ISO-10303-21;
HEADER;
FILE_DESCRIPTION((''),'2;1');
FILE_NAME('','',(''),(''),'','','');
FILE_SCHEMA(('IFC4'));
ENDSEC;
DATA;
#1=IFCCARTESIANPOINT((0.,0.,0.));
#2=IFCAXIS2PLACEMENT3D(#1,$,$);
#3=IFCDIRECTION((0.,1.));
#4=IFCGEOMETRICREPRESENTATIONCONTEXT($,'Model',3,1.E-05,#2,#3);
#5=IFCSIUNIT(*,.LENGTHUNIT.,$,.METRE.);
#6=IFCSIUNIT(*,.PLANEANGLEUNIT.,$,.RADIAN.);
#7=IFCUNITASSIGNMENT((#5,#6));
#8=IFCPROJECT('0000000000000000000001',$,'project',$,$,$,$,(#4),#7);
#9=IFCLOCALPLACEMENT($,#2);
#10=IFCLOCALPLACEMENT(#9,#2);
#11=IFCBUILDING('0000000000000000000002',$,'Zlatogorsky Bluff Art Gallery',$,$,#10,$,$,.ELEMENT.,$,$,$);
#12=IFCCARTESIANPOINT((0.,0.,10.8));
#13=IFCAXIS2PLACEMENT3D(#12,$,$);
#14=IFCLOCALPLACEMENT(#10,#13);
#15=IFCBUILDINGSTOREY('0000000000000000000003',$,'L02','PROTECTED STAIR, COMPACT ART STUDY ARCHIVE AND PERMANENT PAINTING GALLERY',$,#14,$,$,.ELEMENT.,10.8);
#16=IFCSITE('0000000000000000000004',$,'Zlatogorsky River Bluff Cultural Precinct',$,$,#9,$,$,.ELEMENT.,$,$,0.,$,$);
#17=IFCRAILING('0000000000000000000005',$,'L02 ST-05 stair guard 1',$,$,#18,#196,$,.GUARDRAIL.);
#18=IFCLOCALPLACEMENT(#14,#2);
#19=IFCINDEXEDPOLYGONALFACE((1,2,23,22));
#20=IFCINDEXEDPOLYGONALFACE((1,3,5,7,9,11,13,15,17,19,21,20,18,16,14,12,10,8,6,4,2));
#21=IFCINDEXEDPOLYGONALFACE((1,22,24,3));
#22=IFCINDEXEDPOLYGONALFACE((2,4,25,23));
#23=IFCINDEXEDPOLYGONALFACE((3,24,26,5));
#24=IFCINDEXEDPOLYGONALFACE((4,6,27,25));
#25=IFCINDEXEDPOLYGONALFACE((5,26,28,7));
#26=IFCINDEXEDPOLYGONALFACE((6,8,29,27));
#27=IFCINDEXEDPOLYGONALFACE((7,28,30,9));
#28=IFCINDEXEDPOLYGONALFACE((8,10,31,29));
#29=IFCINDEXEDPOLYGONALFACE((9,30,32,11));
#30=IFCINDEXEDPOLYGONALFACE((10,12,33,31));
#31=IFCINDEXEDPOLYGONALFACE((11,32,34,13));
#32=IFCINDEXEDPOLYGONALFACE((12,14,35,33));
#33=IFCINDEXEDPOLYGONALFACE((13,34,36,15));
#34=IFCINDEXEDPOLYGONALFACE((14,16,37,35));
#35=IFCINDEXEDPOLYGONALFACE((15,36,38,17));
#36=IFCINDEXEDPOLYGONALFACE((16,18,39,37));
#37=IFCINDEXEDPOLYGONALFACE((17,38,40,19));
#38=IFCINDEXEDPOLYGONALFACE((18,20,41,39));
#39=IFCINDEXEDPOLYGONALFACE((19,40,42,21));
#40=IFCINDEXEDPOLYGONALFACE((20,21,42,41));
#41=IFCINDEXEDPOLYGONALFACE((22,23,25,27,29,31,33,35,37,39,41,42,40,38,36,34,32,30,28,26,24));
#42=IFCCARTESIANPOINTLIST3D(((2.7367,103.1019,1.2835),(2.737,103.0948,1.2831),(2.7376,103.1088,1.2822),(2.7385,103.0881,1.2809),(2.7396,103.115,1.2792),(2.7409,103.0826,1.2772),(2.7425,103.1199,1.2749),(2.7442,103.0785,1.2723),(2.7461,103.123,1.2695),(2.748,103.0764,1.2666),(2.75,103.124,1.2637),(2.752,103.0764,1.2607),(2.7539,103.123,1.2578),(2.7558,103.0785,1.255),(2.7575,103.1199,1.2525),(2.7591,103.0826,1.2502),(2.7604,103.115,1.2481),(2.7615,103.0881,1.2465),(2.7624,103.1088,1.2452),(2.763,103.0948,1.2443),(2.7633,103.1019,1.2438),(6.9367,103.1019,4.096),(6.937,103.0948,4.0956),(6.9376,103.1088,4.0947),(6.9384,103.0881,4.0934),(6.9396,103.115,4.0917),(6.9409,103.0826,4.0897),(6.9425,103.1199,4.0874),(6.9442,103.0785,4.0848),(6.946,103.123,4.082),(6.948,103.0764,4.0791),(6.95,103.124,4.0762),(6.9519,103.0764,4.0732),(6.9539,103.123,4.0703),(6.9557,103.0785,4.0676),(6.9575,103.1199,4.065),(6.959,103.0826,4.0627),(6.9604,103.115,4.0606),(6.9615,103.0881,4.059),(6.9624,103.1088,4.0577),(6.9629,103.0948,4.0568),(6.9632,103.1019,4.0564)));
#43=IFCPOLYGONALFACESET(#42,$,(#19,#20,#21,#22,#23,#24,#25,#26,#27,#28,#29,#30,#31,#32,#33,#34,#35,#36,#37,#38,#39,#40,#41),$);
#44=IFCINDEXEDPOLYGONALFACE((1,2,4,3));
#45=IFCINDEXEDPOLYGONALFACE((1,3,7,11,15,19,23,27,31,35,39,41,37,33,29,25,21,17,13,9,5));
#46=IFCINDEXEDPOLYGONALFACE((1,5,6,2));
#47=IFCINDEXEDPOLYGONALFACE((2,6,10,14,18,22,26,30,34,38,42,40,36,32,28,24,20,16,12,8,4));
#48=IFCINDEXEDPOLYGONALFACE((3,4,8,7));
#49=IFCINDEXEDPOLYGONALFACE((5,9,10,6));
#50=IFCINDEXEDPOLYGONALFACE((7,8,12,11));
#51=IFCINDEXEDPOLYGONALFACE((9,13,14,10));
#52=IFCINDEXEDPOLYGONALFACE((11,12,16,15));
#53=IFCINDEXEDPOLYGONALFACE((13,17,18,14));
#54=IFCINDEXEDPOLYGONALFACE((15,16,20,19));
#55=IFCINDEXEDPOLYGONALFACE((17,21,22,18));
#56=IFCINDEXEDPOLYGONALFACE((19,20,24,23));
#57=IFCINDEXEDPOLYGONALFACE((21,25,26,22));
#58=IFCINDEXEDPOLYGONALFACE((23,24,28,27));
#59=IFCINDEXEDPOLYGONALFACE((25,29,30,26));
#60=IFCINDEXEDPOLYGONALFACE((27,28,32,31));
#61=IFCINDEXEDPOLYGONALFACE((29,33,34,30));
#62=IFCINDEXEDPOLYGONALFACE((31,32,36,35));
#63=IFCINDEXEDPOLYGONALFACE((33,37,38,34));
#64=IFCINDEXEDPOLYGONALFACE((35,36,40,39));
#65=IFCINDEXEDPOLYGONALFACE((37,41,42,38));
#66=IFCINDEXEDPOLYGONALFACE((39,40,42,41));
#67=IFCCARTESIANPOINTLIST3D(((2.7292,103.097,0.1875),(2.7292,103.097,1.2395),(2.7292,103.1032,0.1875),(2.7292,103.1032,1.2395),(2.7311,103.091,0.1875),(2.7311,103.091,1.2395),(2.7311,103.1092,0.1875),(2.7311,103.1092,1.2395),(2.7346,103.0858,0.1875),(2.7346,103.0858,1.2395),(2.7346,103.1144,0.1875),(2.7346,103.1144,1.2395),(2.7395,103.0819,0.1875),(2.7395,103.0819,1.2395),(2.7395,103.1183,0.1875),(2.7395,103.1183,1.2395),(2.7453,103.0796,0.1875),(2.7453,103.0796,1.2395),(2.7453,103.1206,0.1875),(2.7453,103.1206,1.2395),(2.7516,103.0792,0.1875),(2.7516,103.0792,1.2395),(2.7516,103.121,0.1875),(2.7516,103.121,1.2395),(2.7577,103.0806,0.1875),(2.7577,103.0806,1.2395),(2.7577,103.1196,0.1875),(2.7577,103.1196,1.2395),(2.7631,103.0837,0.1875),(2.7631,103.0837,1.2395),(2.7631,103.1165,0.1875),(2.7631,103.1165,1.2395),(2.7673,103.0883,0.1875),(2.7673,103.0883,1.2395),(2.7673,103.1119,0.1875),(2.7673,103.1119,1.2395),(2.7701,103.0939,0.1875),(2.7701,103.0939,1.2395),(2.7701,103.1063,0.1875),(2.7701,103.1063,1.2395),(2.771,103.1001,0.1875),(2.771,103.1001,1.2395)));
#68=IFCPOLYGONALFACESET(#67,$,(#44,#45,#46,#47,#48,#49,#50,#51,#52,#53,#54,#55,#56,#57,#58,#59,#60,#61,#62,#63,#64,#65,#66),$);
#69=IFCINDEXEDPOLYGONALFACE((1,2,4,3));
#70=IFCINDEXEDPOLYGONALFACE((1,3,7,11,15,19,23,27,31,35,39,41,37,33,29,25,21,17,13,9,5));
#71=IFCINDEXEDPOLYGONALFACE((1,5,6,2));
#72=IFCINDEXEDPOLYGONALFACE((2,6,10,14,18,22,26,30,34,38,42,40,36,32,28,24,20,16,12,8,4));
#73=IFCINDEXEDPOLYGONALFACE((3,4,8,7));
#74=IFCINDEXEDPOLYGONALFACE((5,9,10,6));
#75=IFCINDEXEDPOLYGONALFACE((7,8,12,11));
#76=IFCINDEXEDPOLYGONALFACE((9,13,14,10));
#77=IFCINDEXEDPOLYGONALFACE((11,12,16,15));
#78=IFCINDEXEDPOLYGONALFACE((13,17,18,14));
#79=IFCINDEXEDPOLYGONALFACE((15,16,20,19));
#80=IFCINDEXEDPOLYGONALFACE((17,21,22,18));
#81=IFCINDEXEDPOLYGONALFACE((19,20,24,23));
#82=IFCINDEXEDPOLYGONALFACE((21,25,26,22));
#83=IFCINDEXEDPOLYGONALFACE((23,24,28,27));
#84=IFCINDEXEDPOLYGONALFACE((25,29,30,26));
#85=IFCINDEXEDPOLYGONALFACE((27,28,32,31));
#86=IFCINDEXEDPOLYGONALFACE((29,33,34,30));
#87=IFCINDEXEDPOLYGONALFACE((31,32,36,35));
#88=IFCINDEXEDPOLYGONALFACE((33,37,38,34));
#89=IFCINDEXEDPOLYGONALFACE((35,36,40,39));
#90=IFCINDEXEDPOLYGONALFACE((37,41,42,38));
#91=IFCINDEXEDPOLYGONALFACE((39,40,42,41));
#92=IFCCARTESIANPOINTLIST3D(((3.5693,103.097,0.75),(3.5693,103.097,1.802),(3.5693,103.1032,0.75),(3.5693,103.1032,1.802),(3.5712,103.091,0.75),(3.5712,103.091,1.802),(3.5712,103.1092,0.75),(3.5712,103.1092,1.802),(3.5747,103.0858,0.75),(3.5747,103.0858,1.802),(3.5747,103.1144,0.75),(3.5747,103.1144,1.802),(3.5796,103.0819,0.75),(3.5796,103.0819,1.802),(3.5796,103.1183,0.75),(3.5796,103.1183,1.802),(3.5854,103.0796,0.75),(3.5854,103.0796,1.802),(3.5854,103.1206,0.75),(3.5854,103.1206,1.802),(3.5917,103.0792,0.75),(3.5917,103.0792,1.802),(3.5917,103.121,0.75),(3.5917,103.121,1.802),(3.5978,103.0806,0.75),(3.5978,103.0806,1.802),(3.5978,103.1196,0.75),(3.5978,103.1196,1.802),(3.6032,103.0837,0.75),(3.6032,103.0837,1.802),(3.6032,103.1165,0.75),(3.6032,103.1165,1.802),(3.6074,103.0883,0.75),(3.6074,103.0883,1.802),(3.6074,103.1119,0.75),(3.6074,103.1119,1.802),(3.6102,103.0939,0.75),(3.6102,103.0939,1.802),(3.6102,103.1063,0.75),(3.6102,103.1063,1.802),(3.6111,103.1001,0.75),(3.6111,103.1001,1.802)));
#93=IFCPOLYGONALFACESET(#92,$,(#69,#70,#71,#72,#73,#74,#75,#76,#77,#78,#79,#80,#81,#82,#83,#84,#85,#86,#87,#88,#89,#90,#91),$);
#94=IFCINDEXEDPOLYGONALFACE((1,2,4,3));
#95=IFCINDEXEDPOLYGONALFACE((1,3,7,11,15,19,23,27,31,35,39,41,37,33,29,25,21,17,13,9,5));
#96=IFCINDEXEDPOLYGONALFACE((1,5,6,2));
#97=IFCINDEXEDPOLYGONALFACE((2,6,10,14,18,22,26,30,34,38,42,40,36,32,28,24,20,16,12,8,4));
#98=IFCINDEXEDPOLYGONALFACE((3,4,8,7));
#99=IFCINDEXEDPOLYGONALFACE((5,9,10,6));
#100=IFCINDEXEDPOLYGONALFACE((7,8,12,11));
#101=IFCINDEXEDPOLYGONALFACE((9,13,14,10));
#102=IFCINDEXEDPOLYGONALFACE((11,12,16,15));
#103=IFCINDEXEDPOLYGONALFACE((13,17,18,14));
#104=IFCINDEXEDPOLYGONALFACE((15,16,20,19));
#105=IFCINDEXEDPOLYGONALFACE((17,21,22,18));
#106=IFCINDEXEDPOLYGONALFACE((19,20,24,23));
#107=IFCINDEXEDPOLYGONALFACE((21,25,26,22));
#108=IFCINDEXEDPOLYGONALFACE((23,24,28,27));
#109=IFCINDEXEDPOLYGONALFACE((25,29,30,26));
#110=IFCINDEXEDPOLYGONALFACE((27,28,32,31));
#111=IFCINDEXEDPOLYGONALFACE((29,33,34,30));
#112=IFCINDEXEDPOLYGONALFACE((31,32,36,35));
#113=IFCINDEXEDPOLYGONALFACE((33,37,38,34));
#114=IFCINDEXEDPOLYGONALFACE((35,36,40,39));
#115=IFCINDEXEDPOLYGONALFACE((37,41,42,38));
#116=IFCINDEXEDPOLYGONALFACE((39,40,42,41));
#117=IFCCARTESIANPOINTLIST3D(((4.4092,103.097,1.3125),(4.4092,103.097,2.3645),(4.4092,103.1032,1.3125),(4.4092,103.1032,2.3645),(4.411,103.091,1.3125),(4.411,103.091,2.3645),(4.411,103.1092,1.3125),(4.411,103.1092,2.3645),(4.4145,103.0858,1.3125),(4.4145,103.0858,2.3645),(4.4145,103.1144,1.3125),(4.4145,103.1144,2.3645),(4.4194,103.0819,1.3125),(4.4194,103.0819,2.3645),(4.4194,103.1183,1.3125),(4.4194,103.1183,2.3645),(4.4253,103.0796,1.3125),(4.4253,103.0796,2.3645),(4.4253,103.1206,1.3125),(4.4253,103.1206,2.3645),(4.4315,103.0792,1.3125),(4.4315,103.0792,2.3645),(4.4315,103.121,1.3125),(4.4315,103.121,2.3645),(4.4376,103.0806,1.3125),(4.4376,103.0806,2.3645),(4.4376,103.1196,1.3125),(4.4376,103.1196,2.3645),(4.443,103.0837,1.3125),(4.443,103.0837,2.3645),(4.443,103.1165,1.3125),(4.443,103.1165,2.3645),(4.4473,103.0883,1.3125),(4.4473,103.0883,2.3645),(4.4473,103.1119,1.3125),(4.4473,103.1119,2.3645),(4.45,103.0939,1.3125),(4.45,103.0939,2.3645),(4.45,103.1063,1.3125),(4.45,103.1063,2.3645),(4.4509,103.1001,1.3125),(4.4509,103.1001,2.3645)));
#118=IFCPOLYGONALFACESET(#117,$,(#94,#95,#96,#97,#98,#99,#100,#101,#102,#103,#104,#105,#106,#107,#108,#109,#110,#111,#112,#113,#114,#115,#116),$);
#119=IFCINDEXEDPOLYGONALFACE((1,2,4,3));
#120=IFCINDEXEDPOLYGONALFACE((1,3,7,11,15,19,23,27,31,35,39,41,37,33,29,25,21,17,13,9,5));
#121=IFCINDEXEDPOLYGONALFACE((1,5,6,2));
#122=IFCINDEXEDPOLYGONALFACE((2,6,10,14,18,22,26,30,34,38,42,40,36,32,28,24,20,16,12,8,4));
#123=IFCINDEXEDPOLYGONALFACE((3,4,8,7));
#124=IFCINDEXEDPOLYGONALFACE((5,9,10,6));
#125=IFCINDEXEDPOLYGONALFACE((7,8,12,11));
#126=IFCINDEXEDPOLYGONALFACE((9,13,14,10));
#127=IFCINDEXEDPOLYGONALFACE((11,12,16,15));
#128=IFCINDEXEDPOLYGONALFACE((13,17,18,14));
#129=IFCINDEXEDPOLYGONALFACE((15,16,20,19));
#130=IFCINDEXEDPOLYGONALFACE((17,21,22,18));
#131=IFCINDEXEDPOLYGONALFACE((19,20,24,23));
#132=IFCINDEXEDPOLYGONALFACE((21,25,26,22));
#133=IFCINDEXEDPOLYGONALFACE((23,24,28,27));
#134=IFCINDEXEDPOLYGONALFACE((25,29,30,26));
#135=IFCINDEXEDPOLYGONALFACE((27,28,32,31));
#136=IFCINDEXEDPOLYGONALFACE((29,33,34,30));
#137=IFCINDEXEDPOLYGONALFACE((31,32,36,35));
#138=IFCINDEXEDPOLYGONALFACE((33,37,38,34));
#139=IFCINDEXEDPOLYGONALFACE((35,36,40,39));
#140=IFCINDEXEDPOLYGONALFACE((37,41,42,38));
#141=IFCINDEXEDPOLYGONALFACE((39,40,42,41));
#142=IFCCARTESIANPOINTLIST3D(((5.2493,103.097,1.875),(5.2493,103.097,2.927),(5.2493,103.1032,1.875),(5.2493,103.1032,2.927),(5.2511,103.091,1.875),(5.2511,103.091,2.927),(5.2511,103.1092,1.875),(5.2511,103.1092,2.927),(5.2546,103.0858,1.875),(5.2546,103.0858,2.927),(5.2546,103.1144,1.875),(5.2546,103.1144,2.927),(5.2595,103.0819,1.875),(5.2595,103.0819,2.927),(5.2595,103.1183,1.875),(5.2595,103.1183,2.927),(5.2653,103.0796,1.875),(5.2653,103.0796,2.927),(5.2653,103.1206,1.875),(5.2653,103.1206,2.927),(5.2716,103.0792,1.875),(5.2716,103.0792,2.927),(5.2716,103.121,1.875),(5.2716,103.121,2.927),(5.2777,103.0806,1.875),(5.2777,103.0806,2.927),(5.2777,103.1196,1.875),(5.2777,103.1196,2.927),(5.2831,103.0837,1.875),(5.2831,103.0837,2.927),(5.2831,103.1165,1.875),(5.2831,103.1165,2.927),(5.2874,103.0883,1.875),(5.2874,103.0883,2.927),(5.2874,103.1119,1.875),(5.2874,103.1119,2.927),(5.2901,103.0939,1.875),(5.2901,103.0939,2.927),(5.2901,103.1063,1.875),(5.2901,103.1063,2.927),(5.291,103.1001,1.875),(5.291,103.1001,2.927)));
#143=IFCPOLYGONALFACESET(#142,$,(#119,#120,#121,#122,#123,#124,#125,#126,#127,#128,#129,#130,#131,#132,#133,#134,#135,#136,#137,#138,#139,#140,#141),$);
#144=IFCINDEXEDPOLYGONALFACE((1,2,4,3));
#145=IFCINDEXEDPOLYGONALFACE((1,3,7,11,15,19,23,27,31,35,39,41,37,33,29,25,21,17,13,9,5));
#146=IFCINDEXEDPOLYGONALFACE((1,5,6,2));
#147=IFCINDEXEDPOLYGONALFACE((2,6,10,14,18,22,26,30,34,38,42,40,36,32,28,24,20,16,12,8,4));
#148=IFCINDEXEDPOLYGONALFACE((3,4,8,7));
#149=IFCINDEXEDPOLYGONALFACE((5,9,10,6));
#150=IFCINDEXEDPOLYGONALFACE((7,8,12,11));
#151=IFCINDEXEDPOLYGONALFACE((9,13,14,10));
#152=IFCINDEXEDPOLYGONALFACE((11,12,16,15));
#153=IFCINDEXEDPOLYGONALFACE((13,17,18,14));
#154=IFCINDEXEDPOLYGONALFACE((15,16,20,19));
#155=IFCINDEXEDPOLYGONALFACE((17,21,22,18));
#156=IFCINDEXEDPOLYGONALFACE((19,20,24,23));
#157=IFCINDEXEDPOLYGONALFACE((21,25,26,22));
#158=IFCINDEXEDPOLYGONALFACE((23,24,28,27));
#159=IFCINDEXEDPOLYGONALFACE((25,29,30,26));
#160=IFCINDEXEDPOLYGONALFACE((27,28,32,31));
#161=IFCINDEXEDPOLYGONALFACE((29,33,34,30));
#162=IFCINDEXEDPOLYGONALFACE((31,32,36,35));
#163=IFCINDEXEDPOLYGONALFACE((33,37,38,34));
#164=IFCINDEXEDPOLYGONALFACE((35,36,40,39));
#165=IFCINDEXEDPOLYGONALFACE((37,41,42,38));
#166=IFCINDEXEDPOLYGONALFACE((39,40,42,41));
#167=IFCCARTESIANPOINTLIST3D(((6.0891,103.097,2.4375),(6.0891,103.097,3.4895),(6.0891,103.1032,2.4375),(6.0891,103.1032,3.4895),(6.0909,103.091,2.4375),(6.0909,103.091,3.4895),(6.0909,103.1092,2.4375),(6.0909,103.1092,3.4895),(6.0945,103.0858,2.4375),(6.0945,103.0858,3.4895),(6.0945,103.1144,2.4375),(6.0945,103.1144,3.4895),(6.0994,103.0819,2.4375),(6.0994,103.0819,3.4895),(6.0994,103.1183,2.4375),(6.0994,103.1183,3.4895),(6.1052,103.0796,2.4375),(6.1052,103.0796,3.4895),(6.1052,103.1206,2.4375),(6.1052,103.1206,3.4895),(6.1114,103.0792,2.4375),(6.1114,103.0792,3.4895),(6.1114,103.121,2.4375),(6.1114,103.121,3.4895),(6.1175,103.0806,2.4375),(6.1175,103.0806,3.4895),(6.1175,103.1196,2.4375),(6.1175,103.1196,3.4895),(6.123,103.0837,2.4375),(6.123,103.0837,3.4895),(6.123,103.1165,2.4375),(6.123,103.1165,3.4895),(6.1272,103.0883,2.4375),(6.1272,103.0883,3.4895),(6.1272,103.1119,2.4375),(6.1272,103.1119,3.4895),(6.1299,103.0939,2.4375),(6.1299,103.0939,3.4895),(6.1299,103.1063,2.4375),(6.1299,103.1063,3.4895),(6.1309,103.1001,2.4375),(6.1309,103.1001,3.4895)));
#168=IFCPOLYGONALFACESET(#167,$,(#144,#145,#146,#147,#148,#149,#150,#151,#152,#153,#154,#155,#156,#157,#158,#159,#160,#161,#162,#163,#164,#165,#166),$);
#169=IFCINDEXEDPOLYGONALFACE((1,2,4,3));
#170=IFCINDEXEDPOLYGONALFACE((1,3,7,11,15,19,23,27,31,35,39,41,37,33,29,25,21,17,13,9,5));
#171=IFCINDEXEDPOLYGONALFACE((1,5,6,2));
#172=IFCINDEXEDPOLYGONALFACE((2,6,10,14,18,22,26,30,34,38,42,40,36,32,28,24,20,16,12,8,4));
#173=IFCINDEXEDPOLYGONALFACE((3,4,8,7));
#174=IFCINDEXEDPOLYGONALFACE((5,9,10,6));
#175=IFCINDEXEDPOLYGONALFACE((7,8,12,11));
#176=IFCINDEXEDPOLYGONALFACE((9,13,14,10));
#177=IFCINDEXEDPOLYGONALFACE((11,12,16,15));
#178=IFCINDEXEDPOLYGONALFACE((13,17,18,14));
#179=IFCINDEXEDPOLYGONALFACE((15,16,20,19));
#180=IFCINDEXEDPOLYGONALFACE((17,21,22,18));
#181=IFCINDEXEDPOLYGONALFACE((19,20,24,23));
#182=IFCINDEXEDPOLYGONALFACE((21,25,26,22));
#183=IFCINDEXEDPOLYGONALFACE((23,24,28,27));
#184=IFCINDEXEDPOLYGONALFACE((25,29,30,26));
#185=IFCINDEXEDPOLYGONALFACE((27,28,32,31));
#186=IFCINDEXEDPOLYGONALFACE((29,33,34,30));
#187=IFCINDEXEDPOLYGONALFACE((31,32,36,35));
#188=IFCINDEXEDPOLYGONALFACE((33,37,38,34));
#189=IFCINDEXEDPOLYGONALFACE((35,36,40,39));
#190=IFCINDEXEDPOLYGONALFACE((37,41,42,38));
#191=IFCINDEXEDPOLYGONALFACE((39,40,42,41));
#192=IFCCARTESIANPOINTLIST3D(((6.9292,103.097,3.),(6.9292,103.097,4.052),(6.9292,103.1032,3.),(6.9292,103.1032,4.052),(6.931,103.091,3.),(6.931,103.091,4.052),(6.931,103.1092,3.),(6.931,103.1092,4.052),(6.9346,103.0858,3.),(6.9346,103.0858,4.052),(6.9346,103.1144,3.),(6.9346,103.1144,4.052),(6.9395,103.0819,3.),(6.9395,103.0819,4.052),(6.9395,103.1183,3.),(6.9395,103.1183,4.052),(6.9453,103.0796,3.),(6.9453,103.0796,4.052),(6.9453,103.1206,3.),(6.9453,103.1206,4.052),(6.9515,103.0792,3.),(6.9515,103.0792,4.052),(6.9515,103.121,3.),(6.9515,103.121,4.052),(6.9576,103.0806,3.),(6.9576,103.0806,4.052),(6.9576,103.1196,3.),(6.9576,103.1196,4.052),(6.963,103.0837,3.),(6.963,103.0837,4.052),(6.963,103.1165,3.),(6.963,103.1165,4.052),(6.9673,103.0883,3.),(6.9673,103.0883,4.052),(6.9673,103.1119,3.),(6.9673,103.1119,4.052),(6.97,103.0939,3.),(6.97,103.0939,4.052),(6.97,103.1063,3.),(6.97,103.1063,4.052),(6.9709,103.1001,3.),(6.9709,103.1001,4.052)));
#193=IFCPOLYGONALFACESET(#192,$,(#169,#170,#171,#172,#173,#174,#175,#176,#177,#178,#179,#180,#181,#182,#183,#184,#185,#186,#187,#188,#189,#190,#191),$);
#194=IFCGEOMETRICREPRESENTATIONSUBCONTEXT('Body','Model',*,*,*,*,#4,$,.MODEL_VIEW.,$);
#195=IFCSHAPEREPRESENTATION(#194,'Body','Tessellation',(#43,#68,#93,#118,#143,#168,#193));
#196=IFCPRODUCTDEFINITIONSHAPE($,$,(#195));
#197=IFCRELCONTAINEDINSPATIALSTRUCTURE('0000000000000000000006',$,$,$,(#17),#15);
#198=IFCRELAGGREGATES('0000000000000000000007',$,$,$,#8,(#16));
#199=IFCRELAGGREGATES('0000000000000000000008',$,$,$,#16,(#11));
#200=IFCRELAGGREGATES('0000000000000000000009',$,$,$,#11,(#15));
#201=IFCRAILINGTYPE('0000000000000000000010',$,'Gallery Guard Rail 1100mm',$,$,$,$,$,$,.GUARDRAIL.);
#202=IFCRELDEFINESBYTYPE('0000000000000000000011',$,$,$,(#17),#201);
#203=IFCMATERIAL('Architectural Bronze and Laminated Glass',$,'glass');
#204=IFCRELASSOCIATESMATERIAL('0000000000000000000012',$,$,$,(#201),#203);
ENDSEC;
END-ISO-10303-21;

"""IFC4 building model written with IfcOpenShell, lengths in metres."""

from ifc_helpers import new_model, si_unit, direction, frame, origin, origin_2d, place, context, subcontext, project, spatial, circle, extrude, material, type_object, element, save


model = new_model("IFC4")

# Units and contexts
model_context = context("Model", 3, precision=1e-05, world=origin(), true_north=direction((0.0, 1.0)))
body_context = subcontext(model_context, "Body", "Model", "MODEL_VIEW")
ifc_project = project(units=[si_unit("LENGTHUNIT", "METRE"), si_unit("PLANEANGLEUNIT", "RADIAN")], contexts=[model_context])

# Site, building, storey
site_placement = place(None, origin())
site = spatial("IfcSite", under=ifc_project, at=site_placement, Name="Zlatogorsky River Bluff Cultural Precinct", CompositionType="ELEMENT", RefElevation=0.0)
building_placement = place(site_placement, origin())
building = spatial("IfcBuilding", under=site, at=building_placement, Name="Zlatogorsky Bluff Art Gallery", CompositionType="ELEMENT")
storey_placement = place(building_placement, frame((0.0, 0.0, 10.8)))
storey = spatial("IfcBuildingStorey", under=building, at=storey_placement, Name="L02", Description="PROTECTED STAIR, COMPACT ART STUDY ARCHIVE AND PERMANENT PAINTING GALLERY", CompositionType="ELEMENT", Elevation=10.8)

# Railing
ifc_material_1 = material(Name="Architectural Bronze and Laminated Glass", Category="glass")
railing_type_1 = type_object("IfcRailingType", Name="Gallery Guard Rail 1100mm", PredefinedType="GUARDRAIL", material=ifc_material_1)
railing_1_placement = place(storey_placement, frame((2.75, 103.1001, 0.1875)))
element("IfcRailing", 1, at=railing_1_placement, inside=storey, type_object=railing_type_1, Name="L02 ST-05 stair guard 1", PredefinedType="GUARDRAIL", context=body_context, shape_type="SweptSolid", body=[
    extrude(circle(Radius=0.0239, at=origin_2d()), frame((0.0, 0.0, 1.0762), z_axis=(0.830904, 0.0, 0.556416), x_axis=(0.0, 1.0, 0.0)), (0.0, 0.0, 1.0), 5.0547),
    extrude(circle(Radius=0.021, at=origin_2d()), origin(), (0.0, 0.0, 1.0), 1.052),
    extrude(circle(Radius=0.021, at=origin_2d()), frame((0.8401, 0.0, 0.5625)), (0.0, 0.0, 1.0), 1.052),
    extrude(circle(Radius=0.021, at=origin_2d()), frame((1.6799, 0.0, 1.125)), (0.0, 0.0, 1.0), 1.052),
    extrude(circle(Radius=0.021, at=origin_2d()), frame((2.52, 0.0, 1.6875)), (0.0, 0.0, 1.0), 1.052),
    extrude(circle(Radius=0.021, at=origin_2d()), frame((3.3599, 0.0, 2.25)), (0.0, 0.0, 1.0), 1.052),
    extrude(circle(Radius=0.021, at=origin_2d()), frame((4.2, 0.0, 2.8125)), (0.0, 0.0, 1.0), 1.052),
])

save(model, "model.ifc")
